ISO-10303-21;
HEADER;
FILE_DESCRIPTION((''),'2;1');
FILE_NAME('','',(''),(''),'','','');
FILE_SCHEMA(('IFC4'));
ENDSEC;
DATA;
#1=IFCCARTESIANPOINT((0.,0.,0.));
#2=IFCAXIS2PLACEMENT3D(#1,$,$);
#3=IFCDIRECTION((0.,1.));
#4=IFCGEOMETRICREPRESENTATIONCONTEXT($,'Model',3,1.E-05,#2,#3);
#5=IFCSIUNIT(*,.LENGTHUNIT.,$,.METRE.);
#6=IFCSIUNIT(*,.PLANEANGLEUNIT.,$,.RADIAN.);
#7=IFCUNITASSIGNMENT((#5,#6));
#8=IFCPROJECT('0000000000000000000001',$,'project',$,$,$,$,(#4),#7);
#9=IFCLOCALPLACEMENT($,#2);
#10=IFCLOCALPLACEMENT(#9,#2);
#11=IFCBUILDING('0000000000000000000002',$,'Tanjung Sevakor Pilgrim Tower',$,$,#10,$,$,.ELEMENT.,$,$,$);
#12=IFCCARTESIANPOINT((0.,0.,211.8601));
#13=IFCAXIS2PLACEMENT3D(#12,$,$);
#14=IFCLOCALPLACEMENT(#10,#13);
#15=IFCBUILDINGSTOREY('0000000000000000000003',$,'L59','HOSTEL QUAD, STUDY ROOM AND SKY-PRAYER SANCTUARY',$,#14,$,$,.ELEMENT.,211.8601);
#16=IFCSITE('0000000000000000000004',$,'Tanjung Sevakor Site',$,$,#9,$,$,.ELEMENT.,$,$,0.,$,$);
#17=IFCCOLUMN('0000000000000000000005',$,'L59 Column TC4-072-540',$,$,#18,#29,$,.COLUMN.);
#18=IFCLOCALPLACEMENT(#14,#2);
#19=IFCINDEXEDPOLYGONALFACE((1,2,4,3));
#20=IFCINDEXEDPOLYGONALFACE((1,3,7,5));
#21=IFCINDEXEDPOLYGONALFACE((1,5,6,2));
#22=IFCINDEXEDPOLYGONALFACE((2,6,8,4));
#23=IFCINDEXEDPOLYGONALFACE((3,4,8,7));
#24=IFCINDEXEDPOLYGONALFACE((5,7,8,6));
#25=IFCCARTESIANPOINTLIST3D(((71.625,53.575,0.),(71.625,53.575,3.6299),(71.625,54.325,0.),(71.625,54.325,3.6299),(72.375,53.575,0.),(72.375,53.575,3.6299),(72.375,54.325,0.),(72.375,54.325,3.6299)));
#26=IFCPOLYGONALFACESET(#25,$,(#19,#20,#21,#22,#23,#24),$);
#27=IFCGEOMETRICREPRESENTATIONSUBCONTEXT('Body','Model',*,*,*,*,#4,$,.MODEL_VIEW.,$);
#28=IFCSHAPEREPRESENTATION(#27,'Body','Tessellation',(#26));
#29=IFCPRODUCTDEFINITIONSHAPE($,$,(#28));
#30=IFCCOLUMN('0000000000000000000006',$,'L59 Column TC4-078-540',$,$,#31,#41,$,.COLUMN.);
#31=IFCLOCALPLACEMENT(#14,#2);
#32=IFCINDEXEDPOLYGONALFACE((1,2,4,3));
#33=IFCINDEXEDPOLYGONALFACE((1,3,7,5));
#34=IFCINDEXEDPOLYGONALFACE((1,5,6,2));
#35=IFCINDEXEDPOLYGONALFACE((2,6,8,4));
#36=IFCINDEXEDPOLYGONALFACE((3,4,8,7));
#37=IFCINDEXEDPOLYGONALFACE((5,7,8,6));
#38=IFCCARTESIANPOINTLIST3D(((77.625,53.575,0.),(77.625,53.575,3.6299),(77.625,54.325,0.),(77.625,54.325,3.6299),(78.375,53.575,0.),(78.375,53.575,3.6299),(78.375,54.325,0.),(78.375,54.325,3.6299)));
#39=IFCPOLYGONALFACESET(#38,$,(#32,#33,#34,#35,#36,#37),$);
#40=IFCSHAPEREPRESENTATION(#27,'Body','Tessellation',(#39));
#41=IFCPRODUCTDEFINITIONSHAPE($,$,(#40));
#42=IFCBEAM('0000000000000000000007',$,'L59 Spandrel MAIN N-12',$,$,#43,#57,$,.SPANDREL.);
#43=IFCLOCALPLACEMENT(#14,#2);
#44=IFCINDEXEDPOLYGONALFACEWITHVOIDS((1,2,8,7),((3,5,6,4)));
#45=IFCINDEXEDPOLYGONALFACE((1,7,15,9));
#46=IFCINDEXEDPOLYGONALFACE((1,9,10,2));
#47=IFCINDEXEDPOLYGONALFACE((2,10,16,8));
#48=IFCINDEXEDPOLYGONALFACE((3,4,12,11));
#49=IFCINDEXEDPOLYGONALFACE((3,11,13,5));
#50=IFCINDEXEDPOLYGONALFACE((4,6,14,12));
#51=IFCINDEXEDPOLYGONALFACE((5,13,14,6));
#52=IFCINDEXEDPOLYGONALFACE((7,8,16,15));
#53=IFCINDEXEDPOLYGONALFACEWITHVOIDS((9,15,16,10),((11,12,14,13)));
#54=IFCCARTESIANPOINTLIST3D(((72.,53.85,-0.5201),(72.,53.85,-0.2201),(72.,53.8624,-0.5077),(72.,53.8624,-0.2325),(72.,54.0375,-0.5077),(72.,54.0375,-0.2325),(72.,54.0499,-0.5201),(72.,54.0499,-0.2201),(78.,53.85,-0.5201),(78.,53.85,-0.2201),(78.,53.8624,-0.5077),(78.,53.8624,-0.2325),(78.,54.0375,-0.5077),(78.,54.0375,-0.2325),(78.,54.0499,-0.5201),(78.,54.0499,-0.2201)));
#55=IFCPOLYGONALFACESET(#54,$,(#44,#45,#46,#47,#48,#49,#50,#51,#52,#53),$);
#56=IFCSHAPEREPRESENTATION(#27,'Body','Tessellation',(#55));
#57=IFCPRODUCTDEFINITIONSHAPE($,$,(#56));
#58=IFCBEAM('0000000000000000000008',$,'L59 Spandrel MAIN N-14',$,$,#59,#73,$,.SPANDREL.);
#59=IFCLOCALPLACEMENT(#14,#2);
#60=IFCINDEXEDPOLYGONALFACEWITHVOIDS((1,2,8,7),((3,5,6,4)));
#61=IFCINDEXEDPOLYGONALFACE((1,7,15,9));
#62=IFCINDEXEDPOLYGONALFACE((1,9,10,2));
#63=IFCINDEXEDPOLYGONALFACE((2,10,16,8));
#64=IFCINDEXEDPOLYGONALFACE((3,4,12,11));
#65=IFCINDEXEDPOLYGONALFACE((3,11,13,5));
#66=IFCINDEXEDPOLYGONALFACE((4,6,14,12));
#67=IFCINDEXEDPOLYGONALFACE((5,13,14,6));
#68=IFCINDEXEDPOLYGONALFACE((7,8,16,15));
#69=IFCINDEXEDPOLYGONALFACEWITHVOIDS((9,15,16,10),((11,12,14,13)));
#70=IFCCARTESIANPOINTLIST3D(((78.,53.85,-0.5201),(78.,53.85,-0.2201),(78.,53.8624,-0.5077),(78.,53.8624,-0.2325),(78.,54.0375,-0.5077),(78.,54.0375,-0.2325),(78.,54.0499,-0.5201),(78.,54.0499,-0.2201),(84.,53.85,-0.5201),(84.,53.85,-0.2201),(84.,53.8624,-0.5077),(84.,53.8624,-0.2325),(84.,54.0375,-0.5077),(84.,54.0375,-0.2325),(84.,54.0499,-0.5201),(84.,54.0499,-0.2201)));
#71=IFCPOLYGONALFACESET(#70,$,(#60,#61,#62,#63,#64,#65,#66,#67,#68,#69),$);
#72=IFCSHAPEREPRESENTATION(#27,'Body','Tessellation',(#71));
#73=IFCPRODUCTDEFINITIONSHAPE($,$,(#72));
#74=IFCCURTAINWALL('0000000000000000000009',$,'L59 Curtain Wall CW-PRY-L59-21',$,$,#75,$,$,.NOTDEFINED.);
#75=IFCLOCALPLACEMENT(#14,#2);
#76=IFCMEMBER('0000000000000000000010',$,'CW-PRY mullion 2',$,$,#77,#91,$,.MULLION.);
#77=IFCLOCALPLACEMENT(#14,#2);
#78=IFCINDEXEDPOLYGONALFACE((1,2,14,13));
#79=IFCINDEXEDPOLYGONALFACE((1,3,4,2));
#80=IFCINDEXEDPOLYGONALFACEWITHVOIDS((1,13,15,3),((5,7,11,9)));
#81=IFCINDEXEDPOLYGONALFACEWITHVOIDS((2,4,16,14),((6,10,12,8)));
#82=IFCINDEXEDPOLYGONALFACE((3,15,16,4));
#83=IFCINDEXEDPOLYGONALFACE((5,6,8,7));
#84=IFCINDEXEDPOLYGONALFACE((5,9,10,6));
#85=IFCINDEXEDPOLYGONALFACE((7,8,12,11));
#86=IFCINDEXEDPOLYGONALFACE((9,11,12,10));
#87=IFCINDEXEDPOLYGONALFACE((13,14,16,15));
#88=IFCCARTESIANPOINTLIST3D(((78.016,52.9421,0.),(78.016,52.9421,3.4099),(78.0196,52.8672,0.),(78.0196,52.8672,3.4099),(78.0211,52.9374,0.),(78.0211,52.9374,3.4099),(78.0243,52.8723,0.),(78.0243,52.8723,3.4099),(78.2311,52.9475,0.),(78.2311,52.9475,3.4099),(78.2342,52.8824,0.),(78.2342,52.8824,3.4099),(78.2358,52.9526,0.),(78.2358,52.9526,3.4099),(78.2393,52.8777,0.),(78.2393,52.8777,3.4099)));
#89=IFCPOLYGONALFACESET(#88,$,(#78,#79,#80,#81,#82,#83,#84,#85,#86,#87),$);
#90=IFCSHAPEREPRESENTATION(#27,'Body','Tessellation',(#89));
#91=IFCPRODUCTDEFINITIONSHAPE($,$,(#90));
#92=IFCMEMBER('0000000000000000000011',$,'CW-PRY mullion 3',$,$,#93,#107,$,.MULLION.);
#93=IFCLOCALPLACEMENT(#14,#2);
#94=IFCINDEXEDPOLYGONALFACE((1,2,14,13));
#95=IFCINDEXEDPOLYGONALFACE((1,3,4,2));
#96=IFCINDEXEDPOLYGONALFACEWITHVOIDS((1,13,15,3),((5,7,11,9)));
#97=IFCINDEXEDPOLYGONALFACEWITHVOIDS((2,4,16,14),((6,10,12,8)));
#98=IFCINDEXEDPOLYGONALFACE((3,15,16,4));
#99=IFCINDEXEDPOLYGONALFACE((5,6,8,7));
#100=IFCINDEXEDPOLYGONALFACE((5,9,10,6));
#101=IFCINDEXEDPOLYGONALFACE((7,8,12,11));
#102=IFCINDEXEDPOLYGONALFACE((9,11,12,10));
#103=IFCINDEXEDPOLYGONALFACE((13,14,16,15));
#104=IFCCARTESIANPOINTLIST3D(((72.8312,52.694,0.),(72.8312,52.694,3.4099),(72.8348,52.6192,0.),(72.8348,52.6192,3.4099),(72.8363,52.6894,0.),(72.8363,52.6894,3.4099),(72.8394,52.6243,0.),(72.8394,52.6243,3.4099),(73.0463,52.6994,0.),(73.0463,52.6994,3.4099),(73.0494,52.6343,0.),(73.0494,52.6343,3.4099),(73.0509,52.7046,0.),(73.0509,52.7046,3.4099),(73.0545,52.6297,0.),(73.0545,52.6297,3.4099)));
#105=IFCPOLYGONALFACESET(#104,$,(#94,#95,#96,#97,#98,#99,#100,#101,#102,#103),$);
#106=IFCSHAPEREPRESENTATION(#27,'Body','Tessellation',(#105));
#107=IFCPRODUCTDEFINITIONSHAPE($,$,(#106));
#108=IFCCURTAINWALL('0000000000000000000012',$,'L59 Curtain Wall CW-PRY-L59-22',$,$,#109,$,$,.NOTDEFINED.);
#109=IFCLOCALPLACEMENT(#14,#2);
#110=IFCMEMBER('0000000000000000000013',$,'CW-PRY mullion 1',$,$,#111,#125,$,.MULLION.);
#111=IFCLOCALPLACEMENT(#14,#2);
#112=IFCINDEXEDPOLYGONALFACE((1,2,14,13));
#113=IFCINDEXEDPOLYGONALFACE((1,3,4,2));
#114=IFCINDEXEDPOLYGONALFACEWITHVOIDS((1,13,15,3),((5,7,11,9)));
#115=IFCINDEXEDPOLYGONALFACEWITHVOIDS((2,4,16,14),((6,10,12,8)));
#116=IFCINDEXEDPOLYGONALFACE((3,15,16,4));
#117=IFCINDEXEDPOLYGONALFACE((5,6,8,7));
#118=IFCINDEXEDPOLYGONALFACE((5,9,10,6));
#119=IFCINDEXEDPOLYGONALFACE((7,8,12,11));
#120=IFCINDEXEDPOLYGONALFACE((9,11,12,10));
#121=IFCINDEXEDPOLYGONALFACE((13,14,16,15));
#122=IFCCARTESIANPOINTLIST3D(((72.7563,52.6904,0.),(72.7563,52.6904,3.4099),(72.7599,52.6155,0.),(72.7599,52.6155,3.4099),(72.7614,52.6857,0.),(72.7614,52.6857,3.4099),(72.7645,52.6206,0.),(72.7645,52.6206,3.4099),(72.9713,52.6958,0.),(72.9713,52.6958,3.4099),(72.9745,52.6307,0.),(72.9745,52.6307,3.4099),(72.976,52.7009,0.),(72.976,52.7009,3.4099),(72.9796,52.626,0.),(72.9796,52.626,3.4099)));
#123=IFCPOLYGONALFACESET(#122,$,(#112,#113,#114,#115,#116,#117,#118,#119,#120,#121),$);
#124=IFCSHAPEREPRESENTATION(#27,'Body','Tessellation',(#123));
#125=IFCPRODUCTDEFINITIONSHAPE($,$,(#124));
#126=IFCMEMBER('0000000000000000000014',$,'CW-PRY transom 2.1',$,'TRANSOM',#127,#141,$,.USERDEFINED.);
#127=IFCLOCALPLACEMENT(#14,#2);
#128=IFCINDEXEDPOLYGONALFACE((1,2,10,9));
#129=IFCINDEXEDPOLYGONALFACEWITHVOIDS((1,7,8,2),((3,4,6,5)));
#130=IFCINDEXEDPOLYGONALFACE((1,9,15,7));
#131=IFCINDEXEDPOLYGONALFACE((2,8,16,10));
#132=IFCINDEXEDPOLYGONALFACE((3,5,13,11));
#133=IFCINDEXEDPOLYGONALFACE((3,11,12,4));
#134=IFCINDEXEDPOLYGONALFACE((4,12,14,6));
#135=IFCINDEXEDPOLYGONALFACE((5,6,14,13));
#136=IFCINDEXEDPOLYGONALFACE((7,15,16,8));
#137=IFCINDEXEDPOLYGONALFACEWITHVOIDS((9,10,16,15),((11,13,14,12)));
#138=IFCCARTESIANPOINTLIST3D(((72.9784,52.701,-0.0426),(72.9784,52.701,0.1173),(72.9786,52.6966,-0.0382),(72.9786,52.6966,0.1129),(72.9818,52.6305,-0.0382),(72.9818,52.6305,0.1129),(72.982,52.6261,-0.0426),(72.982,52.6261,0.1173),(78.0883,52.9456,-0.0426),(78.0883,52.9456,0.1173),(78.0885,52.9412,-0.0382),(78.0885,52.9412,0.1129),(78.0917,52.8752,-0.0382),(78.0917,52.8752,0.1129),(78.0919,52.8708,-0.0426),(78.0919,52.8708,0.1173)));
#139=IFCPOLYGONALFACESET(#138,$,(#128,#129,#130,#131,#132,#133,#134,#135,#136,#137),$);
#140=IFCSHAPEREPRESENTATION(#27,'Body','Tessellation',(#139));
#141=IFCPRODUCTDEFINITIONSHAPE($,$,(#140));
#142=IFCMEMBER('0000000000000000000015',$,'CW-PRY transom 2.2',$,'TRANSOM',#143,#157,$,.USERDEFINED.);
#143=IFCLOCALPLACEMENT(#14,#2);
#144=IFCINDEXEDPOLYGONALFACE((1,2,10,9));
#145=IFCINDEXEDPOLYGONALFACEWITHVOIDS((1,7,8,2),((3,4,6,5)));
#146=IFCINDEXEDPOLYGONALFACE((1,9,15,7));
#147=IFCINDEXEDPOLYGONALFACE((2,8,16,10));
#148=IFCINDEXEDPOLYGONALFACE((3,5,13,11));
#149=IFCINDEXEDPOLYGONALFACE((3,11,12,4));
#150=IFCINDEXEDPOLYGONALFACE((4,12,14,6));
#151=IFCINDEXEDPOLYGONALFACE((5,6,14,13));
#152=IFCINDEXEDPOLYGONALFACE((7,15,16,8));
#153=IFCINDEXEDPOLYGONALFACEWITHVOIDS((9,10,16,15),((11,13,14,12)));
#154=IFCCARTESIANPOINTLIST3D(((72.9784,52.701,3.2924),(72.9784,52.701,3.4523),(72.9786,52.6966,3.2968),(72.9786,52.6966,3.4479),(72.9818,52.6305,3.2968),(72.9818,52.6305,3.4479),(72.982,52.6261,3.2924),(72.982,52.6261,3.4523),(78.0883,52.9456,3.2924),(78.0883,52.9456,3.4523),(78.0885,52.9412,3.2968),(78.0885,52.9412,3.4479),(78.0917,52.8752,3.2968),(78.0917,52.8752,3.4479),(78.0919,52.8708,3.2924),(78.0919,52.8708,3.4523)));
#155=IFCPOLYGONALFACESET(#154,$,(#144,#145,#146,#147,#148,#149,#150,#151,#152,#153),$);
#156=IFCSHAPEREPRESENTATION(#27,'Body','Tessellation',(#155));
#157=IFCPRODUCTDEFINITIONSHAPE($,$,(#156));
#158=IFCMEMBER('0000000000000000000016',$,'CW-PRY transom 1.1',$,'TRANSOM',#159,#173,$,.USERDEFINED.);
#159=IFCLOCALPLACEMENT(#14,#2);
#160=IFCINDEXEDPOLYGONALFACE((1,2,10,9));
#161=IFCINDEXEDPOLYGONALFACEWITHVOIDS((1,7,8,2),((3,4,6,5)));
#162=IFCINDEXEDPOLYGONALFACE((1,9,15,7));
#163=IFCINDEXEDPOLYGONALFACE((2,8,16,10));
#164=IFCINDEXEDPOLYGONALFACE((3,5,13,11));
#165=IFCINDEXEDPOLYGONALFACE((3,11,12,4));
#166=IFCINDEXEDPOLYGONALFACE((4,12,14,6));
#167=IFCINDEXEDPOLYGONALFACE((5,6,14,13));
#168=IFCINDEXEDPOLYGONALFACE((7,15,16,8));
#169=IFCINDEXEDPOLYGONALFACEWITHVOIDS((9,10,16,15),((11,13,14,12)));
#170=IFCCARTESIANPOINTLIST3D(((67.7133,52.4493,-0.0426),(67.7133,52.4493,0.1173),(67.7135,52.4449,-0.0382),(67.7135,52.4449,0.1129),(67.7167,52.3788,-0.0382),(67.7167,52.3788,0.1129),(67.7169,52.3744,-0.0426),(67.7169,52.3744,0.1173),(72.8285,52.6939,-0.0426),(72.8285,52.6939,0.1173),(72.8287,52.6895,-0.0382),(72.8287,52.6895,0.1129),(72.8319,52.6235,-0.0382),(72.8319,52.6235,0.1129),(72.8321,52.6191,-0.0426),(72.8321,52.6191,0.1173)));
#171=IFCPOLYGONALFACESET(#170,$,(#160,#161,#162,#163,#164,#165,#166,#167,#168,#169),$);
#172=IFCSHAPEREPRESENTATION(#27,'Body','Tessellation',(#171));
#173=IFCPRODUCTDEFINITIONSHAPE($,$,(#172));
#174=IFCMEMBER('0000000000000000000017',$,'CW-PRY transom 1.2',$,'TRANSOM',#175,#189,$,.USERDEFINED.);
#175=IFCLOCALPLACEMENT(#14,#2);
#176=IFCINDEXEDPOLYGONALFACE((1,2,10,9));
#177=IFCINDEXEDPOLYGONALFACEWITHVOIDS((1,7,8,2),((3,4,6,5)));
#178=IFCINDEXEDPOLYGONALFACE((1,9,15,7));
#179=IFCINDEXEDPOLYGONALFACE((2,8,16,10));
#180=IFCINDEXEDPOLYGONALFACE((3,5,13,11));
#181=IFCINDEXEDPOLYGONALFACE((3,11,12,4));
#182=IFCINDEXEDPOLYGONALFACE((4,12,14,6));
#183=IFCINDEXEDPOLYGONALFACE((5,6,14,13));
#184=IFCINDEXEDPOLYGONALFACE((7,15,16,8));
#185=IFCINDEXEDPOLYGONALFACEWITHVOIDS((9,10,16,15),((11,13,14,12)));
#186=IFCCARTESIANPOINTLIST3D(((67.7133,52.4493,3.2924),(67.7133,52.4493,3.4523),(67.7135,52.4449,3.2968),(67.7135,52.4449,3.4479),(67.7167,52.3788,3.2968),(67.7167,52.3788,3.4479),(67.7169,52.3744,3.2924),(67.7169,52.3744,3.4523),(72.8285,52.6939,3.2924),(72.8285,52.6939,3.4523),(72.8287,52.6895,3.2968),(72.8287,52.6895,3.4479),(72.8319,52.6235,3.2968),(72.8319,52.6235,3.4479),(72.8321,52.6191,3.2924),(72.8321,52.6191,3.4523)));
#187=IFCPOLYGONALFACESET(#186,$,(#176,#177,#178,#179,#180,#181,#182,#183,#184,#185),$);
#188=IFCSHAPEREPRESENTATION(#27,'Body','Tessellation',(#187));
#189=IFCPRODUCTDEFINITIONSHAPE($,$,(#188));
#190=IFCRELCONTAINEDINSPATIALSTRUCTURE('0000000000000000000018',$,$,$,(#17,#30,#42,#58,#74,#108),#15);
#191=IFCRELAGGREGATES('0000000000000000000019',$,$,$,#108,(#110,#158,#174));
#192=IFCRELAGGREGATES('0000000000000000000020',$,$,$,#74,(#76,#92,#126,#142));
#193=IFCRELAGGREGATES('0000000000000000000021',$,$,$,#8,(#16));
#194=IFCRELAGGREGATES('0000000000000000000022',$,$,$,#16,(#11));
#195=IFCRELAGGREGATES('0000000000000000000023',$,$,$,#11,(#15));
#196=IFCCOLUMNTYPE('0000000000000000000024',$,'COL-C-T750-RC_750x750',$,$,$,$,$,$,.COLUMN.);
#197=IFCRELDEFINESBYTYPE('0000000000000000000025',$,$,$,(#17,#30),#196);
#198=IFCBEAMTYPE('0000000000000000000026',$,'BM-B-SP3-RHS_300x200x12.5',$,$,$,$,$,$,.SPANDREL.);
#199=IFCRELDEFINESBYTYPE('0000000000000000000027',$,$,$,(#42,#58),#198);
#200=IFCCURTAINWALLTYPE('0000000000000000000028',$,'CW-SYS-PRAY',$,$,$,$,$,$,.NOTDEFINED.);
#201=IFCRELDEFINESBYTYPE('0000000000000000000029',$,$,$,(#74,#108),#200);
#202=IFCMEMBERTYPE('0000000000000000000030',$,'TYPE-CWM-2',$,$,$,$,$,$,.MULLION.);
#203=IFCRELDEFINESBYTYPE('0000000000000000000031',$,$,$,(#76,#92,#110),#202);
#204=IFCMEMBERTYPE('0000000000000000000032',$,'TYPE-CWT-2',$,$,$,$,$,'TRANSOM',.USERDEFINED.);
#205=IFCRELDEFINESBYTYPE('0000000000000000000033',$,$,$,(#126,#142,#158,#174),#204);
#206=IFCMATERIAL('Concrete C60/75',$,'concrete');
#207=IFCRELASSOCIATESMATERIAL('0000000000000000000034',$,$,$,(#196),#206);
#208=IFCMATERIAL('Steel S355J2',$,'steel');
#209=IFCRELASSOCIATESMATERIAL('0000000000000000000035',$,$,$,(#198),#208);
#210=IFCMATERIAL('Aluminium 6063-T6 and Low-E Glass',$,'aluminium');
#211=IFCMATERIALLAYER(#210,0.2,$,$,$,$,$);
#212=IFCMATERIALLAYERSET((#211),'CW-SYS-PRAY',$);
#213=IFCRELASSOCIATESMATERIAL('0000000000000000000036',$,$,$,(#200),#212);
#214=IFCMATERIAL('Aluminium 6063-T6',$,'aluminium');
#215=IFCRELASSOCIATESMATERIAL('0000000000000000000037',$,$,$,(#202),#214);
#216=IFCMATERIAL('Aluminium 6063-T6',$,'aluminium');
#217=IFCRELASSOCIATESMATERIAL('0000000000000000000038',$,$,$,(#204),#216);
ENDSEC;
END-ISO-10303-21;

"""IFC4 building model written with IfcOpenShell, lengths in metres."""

from ifc_helpers import new_model, si_unit, direction, frame, origin, origin_2d, place, context, subcontext, project, spatial, rectangle, hollow_rectangle, extrude, material, layer, layer_set, material_profile, profile_set, type_object, element, aggregate, save


model = new_model("IFC4")

# Units and contexts
model_context = context("Model", 3, precision=1e-05, world=origin(), true_north=direction((0.0, 1.0)))
body_context = subcontext(model_context, "Body", "Model", "MODEL_VIEW")
ifc_project = project(units=[si_unit("LENGTHUNIT", "METRE"), si_unit("PLANEANGLEUNIT", "RADIAN")], contexts=[model_context])

# Site, building, storey
site_placement = place(None, origin())
site = spatial("IfcSite", under=ifc_project, at=site_placement, Name="Tanjung Sevakor Site", CompositionType="ELEMENT", RefElevation=0.0)
building_placement = place(site_placement, origin())
building = spatial("IfcBuilding", under=site, at=building_placement, Name="Tanjung Sevakor Pilgrim Tower", CompositionType="ELEMENT")
storey_placement = place(building_placement, frame((0.0, 0.0, 211.8601)))
storey = spatial("IfcBuildingStorey", under=building, at=storey_placement, Name="L59", Description="HOSTEL QUAD, STUDY ROOM AND SKY-PRAYER SANCTUARY", CompositionType="ELEMENT", Elevation=211.8601)

# Columns
ifc_material_1 = material(Name="Concrete C60/75", Category="concrete")
ifc_material_profile_1 = material_profile(ifc_material_1, rectangle(XDim=0.75, YDim=0.75, at=origin_2d()))
ifc_profile_set_1 = profile_set([ifc_material_profile_1], Name="Concrete C60/75")
column_type = type_object("IfcColumnType", Name="COL-C-T750-RC_750x750", PredefinedType="COLUMN", material=ifc_profile_set_1)
for number, where, z_axis, x_axis, name in (
    (1, (72.0, 53.95, 0.0), (0.0, 0.0, 1.0), (1.0, 0.0, 0.0), "L59 Column TC4-072-540"),
    (2, (78.0, 53.95, 0.0), (0.0, 0.0, 1.0), (1.0, 0.0, 0.0), "L59 Column TC4-078-540"),
):
    element("IfcColumn", number, at=place(storey_placement, frame(where, z_axis=z_axis, x_axis=x_axis)), inside=storey, type_object=column_type, Name=name, PredefinedType="COLUMN", context=body_context, shape_type="SweptSolid", body=[
        extrude(rectangle(XDim=0.75, YDim=0.75, at=origin_2d()), origin(), (0.0, 0.0, 1.0), 3.6299),
    ])

# Beams
ifc_material_2 = material(Name="Steel S355J2", Category="steel")
ifc_material_profile_2 = material_profile(ifc_material_2, hollow_rectangle(XDim=0.2, YDim=0.3, WallThickness=0.0125, at=origin_2d()))
ifc_profile_set_2 = profile_set([ifc_material_profile_2], Name="Steel S355J2")
beam_type = type_object("IfcBeamType", Name="BM-B-SP3-RHS_300x200x12.5", PredefinedType="SPANDREL", material=ifc_profile_set_2)
for number, where, z_axis, x_axis, name in (
    (3, (72.0, 53.95, -0.3701), (1.0, 0.0, 0.0), (0.0, 1.0, 0.0), "L59 Spandrel MAIN N-12"),
    (4, (78.0, 53.95, -0.3701), (1.0, 0.0, 0.0), (0.0, 1.0, 0.0), "L59 Spandrel MAIN N-14"),
):
    element("IfcBeam", number, at=place(storey_placement, frame(where, z_axis=z_axis, x_axis=x_axis)), inside=storey, type_object=beam_type, Name=name, PredefinedType="SPANDREL", context=body_context, shape_type="SweptSolid", body=[
        extrude(hollow_rectangle(XDim=0.2, YDim=0.3, WallThickness=0.0125, at=origin_2d()), origin(), (0.0, 0.0, 1.0), 6.0),
    ])

# Curtain wall, members
ifc_material_3 = material(Name="Aluminium 6063-T6 and Low-E Glass", Category="aluminium")
ifc_layer_1 = layer(ifc_material_3, 0.2)
ifc_layer_set_1 = layer_set([ifc_layer_1], Name="CW-SYS-PRAY")
curtain_wall_type = type_object("IfcCurtainWallType", Name="CW-SYS-PRAY", PredefinedType="NOTDEFINED", material=ifc_layer_set_1)
curtain_wall_1_placement = place(storey_placement, origin())
curtain_wall_1 = element("IfcCurtainWall", 5, at=curtain_wall_1_placement, inside=storey, type_object=curtain_wall_type, Name="L59 Curtain Wall CW-PRY-L59-21", PredefinedType="NOTDEFINED")
ifc_material_4 = material(Name="Aluminium 6063-T6", Category="aluminium")
ifc_material_profile_3 = material_profile(ifc_material_4, hollow_rectangle(XDim=0.075, YDim=0.22, WallThickness=0.0049, at=origin_2d()))
ifc_profile_set_3 = profile_set([ifc_material_profile_3], Name="Aluminium 6063-T6")
member_type_1 = type_object("IfcMemberType", Name="TYPE-CWM-2", PredefinedType="MULLION", material=ifc_profile_set_3)
member_1_placement = place(storey_placement, frame((78.1277, 52.9099, 0.0), z_axis=(0.0, 0.0, 1.0), x_axis=(0.047797, -0.998857, 0.0)))
member_1 = element("IfcMember", 6, at=member_1_placement, type_object=member_type_1, Name="CW-PRY mullion 2", PredefinedType="MULLION", context=body_context, shape_type="SweptSolid", body=[
    extrude(hollow_rectangle(XDim=0.075, YDim=0.22, WallThickness=0.0049, at=origin_2d()), origin(), (0.0, 0.0, 1.0), 3.4099),
])
member_2_placement = place(storey_placement, frame((72.9429, 52.6619, 0.0), z_axis=(0.0, 0.0, 1.0), x_axis=(0.047797, -0.998857, 0.0)))
member_2 = element("IfcMember", 7, at=member_2_placement, type_object=member_type_1, Name="CW-PRY mullion 3", PredefinedType="MULLION", context=body_context, shape_type="SweptSolid", body=[
    extrude(hollow_rectangle(XDim=0.075, YDim=0.22, WallThickness=0.0049, at=origin_2d()), origin(), (0.0, 0.0, 1.0), 3.4099),
])

# Curtain wall, member
curtain_wall_2_placement = place(storey_placement, origin())
curtain_wall_2 = element("IfcCurtainWall", 8, at=curtain_wall_2_placement, inside=storey, type_object=curtain_wall_type, Name="L59 Curtain Wall CW-PRY-L59-22", PredefinedType="NOTDEFINED")
member_3_placement = place(storey_placement, frame((72.8679, 52.6582, 0.0), z_axis=(0.0, 0.0, 1.0), x_axis=(0.047787, -0.998858, 0.0)))
member_3 = element("IfcMember", 9, at=member_3_placement, type_object=member_type_1, Name="CW-PRY mullion 1", PredefinedType="MULLION", context=body_context, shape_type="SweptSolid", body=[
    extrude(hollow_rectangle(XDim=0.075, YDim=0.22, WallThickness=0.0049, at=origin_2d()), origin(), (0.0, 0.0, 1.0), 3.4099),
])

# Members
ifc_material_5 = material(Name="Aluminium 6063-T6", Category="aluminium")
ifc_material_profile_4 = material_profile(ifc_material_5, hollow_rectangle(XDim=0.075, YDim=0.1599, WallThickness=0.0044, at=origin_2d()))
ifc_profile_set_4 = profile_set([ifc_material_profile_4], Name="Aluminium 6063-T6")
member_type_2 = type_object("IfcMemberType", Name="TYPE-CWT-2", ElementType="TRANSOM", PredefinedType="USERDEFINED", material=ifc_profile_set_4)
member_4_placement = place(storey_placement, frame((78.0901, 52.9082, 0.0374), z_axis=(-0.998856, -0.047819, 0.0), x_axis=(0.047819, -0.998856, 0.0)))
member_4 = element("IfcMember", 10, at=member_4_placement, type_object=member_type_2, Name="CW-PRY transom 2.1", ObjectType="TRANSOM", PredefinedType="USERDEFINED", context=body_context, shape_type="SweptSolid", body=[
    extrude(hollow_rectangle(XDim=0.075, YDim=0.1599, WallThickness=0.0044, at=origin_2d()), origin(), (0.0, 0.0, 1.0), 5.1157),
])
member_5_placement = place(storey_placement, frame((78.0901, 52.9082, 3.3723), z_axis=(-0.998856, -0.047819, 0.0), x_axis=(0.047819, -0.998856, 0.0)))
member_5 = element("IfcMember", 11, at=member_5_placement, type_object=member_type_2, Name="CW-PRY transom 2.2", ObjectType="TRANSOM", PredefinedType="USERDEFINED", context=body_context, shape_type="SweptSolid", body=[
    extrude(hollow_rectangle(XDim=0.075, YDim=0.1599, WallThickness=0.0044, at=origin_2d()), origin(), (0.0, 0.0, 1.0), 5.1157),
])
member_6_placement = place(storey_placement, frame((72.8303, 52.6565, 0.0374), z_axis=(-0.998858, -0.047769, 0.0), x_axis=(0.047769, -0.998858, 0.0)))
member_6 = element("IfcMember", 12, at=member_6_placement, type_object=member_type_2, Name="CW-PRY transom 1.1", ObjectType="TRANSOM", PredefinedType="USERDEFINED", context=body_context, shape_type="SweptSolid", body=[
    extrude(hollow_rectangle(XDim=0.075, YDim=0.1599, WallThickness=0.0044, at=origin_2d()), origin(), (0.0, 0.0, 1.0), 5.1211),
])
member_7_placement = place(storey_placement, frame((72.8303, 52.6565, 3.3723), z_axis=(-0.998858, -0.047769, 0.0), x_axis=(0.047769, -0.998858, 0.0)))
member_7 = element("IfcMember", 13, at=member_7_placement, type_object=member_type_2, Name="CW-PRY transom 1.2", ObjectType="TRANSOM", PredefinedType="USERDEFINED", context=body_context, shape_type="SweptSolid", body=[
    extrude(hollow_rectangle(XDim=0.075, YDim=0.1599, WallThickness=0.0044, at=origin_2d()), origin(), (0.0, 0.0, 1.0), 5.1211),
])
aggregate(curtain_wall_2, [member_3, member_6, member_7])

aggregate(curtain_wall_1, [member_1, member_2, member_4, member_5])

save(model, "model.ifc")
